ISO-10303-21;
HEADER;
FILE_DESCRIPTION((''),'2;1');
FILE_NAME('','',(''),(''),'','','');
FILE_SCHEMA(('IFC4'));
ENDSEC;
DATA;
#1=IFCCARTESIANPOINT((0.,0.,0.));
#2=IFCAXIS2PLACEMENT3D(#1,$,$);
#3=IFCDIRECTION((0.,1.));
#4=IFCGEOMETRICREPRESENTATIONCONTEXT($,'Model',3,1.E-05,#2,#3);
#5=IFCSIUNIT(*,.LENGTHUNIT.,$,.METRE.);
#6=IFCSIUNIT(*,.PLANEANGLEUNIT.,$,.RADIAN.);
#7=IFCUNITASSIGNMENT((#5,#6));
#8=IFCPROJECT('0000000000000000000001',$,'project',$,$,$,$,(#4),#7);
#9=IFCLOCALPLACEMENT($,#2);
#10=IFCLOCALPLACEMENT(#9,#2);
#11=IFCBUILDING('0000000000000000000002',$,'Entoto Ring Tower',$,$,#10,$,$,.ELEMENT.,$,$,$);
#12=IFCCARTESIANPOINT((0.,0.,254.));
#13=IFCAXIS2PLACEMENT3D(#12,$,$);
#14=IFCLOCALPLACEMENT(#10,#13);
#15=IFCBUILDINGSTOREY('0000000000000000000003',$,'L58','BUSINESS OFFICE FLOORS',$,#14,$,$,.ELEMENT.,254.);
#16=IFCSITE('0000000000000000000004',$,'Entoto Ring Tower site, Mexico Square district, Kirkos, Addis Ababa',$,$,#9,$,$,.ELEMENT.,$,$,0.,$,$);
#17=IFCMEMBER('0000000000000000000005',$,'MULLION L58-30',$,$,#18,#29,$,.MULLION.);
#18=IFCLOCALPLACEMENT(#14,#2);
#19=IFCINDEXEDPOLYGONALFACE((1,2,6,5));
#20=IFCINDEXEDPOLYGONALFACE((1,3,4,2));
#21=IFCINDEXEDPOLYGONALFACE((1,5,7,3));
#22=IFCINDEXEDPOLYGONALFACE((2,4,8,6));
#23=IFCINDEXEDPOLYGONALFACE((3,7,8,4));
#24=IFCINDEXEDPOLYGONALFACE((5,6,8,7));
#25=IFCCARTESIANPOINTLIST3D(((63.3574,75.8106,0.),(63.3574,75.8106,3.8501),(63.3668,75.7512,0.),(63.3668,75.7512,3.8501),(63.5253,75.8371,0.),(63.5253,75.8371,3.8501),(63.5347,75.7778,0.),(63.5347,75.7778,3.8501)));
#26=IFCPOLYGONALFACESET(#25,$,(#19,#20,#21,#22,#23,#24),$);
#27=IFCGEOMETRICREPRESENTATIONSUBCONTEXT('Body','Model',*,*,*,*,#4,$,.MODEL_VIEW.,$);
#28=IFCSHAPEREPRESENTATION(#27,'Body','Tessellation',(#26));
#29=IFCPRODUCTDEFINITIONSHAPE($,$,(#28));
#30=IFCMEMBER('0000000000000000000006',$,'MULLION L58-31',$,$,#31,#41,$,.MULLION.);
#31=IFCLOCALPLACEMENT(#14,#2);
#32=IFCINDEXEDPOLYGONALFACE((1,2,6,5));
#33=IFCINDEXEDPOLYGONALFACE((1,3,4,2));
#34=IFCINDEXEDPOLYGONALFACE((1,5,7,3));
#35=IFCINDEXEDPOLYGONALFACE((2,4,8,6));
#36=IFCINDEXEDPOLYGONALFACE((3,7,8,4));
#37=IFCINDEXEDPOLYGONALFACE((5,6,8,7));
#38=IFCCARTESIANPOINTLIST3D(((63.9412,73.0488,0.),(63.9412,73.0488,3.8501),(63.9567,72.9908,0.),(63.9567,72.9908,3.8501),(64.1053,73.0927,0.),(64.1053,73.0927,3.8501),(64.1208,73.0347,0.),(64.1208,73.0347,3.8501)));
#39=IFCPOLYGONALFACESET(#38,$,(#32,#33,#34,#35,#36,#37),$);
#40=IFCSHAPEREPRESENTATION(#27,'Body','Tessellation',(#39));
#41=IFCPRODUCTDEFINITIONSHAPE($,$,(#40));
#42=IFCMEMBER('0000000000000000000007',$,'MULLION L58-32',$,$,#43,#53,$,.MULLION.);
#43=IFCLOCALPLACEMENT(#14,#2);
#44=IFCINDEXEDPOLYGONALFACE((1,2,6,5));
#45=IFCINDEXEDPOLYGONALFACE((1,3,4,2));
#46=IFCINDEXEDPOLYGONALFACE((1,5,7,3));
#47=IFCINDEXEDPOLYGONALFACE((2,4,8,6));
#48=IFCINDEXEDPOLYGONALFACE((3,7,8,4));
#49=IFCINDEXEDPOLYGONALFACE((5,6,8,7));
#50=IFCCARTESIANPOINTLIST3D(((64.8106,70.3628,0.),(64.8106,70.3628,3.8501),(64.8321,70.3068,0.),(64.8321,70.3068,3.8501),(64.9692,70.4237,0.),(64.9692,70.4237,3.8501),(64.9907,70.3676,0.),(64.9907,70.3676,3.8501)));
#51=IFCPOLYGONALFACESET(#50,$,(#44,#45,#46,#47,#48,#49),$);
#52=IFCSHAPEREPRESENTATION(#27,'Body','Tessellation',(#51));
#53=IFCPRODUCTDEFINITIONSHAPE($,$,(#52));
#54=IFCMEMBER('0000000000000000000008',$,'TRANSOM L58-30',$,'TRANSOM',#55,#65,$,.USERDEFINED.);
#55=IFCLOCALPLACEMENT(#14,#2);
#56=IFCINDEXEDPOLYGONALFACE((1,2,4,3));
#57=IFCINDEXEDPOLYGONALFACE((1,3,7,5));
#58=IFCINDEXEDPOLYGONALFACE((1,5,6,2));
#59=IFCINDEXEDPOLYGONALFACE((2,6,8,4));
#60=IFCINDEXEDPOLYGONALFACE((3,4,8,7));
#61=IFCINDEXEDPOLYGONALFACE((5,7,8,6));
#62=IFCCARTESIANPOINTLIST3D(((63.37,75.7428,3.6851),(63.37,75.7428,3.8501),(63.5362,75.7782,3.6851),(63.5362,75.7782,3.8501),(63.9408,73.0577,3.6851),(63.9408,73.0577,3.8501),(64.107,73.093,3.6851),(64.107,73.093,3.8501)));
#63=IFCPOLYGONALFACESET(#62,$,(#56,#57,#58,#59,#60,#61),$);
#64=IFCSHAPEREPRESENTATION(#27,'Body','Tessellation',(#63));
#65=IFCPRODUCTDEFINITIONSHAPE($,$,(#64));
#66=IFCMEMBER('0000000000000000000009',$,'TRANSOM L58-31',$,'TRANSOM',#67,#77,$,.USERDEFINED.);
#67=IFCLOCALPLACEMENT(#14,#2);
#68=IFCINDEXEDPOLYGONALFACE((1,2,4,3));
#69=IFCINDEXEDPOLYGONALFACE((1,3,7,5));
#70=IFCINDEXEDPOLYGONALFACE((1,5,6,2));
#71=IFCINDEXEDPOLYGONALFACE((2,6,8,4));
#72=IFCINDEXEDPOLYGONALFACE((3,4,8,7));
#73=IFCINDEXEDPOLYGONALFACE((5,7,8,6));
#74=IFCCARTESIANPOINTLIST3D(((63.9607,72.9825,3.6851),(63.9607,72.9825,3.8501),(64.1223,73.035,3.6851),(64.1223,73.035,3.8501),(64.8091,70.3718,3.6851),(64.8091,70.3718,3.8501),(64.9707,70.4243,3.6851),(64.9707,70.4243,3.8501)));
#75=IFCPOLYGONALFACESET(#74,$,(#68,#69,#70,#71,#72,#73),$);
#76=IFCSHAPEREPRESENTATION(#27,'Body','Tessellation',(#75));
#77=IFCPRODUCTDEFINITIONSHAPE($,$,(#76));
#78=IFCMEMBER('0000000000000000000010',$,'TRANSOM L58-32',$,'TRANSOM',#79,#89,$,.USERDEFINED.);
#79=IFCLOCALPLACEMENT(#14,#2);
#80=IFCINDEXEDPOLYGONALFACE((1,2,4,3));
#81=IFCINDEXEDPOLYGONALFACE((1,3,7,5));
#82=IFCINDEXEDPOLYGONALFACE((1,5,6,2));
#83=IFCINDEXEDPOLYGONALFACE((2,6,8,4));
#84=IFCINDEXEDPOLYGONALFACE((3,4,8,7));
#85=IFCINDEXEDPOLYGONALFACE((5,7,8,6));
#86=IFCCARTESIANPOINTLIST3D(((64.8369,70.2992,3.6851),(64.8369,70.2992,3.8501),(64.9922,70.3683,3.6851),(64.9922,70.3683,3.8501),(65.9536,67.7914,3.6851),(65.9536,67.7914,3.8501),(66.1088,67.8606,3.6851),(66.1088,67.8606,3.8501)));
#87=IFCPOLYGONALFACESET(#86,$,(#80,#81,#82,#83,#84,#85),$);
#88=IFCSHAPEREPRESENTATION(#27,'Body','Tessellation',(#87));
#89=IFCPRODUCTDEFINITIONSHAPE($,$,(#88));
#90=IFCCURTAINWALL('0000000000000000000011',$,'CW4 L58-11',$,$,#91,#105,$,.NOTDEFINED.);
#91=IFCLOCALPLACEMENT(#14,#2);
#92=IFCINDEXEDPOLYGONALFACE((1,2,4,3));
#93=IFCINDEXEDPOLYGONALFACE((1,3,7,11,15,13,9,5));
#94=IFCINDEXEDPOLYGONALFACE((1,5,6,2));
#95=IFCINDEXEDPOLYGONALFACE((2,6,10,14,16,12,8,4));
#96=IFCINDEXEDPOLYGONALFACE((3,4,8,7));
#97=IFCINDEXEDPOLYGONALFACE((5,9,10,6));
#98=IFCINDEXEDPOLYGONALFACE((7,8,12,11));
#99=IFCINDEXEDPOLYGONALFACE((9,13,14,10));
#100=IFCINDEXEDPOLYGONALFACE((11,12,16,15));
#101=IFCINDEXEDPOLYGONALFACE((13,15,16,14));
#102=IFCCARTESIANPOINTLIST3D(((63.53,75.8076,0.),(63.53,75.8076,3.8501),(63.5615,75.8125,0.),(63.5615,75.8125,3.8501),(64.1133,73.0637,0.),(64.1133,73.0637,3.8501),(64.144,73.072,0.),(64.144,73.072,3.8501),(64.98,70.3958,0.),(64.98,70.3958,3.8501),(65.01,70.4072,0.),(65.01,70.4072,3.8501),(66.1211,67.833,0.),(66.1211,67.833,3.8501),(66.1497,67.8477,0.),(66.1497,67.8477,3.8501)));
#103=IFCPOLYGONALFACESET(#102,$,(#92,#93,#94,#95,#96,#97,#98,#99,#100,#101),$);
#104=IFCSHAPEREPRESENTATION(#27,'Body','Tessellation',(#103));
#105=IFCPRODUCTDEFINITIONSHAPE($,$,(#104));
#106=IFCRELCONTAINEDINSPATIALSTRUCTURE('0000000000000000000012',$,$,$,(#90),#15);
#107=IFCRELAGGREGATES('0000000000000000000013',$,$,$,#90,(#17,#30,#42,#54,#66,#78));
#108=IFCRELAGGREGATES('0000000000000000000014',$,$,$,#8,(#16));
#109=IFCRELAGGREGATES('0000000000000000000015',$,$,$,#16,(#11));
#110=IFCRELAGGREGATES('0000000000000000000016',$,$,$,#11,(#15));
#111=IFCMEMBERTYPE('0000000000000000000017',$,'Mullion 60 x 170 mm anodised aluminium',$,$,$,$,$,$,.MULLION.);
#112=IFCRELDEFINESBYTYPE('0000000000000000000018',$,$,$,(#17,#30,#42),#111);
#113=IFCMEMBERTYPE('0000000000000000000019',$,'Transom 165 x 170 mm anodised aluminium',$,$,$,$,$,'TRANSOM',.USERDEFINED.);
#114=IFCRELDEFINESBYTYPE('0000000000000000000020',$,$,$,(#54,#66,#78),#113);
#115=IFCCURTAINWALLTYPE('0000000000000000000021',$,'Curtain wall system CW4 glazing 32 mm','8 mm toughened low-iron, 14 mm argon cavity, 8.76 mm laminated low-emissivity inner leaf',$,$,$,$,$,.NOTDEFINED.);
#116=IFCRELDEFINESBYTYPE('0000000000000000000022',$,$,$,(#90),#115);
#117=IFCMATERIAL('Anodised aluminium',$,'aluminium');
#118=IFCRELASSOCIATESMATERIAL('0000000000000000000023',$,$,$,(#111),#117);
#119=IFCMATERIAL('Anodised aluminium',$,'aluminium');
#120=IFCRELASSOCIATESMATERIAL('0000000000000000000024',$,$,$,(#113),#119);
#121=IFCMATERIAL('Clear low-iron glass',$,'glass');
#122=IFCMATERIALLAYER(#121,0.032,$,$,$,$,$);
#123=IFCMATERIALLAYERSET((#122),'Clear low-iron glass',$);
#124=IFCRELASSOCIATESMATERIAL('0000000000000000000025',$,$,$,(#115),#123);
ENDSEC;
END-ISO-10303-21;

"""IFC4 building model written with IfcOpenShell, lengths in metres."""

from ifc_helpers import new_model, si_unit, direction, frame, origin, origin_2d, place, context, subcontext, project, spatial, polyline, rectangle, outline, extrude, material, layer, layer_set, material_profile, profile_set, type_object, element, aggregate, save


model = new_model("IFC4")

# Units and contexts
model_context = context("Model", 3, precision=1e-05, world=origin(), true_north=direction((0.0, 1.0)))
body_context = subcontext(model_context, "Body", "Model", "MODEL_VIEW")
ifc_project = project(units=[si_unit("LENGTHUNIT", "METRE"), si_unit("PLANEANGLEUNIT", "RADIAN")], contexts=[model_context])

# Members
ifc_material_1 = material(Name="Anodised aluminium", Category="aluminium")
ifc_material_profile_1 = material_profile(ifc_material_1, rectangle(XDim=0.0601, YDim=0.1699, at=origin_2d()), Name="Mullion 60 x 170 mm anodised aluminium")
ifc_profile_set_1 = profile_set([ifc_material_profile_1], Name="Anodised aluminium")
member_type_1 = type_object("IfcMemberType", Name="Mullion 60 x 170 mm anodised aluminium", PredefinedType="MULLION", material=ifc_profile_set_1)
site_placement = place(None, origin())
building_placement = place(site_placement, origin())
storey_placement = place(building_placement, frame((0.0, 0.0, 254.0)))
member_1_placement = place(storey_placement, frame((63.446, 75.7942, 0.0), z_axis=(0.0, 0.0, 1.0), x_axis=(0.156434, -0.987688, 0.0)))
member_1 = element("IfcMember", 1, at=member_1_placement, type_object=member_type_1, Name="MULLION L58-30", PredefinedType="MULLION", context=body_context, shape_type="SweptSolid", body=[
    extrude(rectangle(XDim=0.0601, YDim=0.1699, at=origin_2d()), origin(), (0.0, 0.0, 1.0), 3.8501),
])
member_2_placement = place(storey_placement, frame((64.031, 73.0417, 0.0), z_axis=(0.0, 0.0, 1.0), x_axis=(0.258819, -0.965926, 0.0)))
member_2 = element("IfcMember", 2, at=member_2_placement, type_object=member_type_1, Name="MULLION L58-31", PredefinedType="MULLION", context=body_context, shape_type="SweptSolid", body=[
    extrude(rectangle(XDim=0.0601, YDim=0.1699, at=origin_2d()), origin(), (0.0, 0.0, 1.0), 3.8501),
])
member_3_placement = place(storey_placement, frame((64.9006, 70.3652, 0.0), z_axis=(0.0, 0.0, 1.0), x_axis=(0.358368, -0.93358, 0.0)))
member_3 = element("IfcMember", 3, at=member_3_placement, type_object=member_type_1, Name="MULLION L58-32", PredefinedType="MULLION", context=body_context, shape_type="SweptSolid", body=[
    extrude(rectangle(XDim=0.0601, YDim=0.1699, at=origin_2d()), origin(), (0.0, 0.0, 1.0), 3.8501),
])
ifc_material_2 = material(Name="Anodised aluminium", Category="aluminium")
ifc_material_profile_2 = material_profile(ifc_material_2, rectangle(XDim=0.1699, YDim=0.165, at=origin_2d()), Name="Transom 165 x 170 mm anodised aluminium")
ifc_profile_set_2 = profile_set([ifc_material_profile_2], Name="Anodised aluminium")
member_type_2 = type_object("IfcMemberType", Name="Transom 165 x 170 mm anodised aluminium", ElementType="TRANSOM", PredefinedType="USERDEFINED", material=ifc_profile_set_2)
member_4_placement = place(storey_placement, frame((63.4531, 75.7605, 3.7676), z_axis=(0.207937, -0.978142, 0.0), x_axis=(0.978142, 0.207937, 0.0)))
member_4 = element("IfcMember", 4, at=member_4_placement, type_object=member_type_2, Name="TRANSOM L58-30", ObjectType="TRANSOM", PredefinedType="USERDEFINED", context=body_context, shape_type="SweptSolid", body=[
    extrude(rectangle(XDim=0.1699, YDim=0.165, at=origin_2d()), origin(), (0.0, 0.0, 1.0), 2.7451),
])
member_5_placement = place(storey_placement, frame((64.0415, 73.0088, 3.7676), z_axis=(0.309042, -0.951048, 0.0), x_axis=(0.951048, 0.309042, 0.0)))
member_5 = element("IfcMember", 5, at=member_5_placement, type_object=member_type_2, Name="TRANSOM L58-31", ObjectType="TRANSOM", PredefinedType="USERDEFINED", context=body_context, shape_type="SweptSolid", body=[
    extrude(rectangle(XDim=0.1699, YDim=0.165, at=origin_2d()), origin(), (0.0, 0.0, 1.0), 2.7451),
])
member_6_placement = place(storey_placement, frame((64.9146, 70.3337, 3.7676), z_axis=(0.406782, -0.913525, 0.0), x_axis=(0.913525, 0.406782, 0.0)))
member_6 = element("IfcMember", 6, at=member_6_placement, type_object=member_type_2, Name="TRANSOM L58-32", ObjectType="TRANSOM", PredefinedType="USERDEFINED", context=body_context, shape_type="SweptSolid", body=[
    extrude(rectangle(XDim=0.1699, YDim=0.165, at=origin_2d()), origin(), (0.0, 0.0, 1.0), 2.7451),
])

# Site, building, storey
site = spatial("IfcSite", under=ifc_project, at=site_placement, Name="Entoto Ring Tower site, Mexico Square district, Kirkos, Addis Ababa", CompositionType="ELEMENT", RefElevation=0.0)
building = spatial("IfcBuilding", under=site, at=building_placement, Name="Entoto Ring Tower", CompositionType="ELEMENT")
storey = spatial("IfcBuildingStorey", under=building, at=storey_placement, Name="L58", Description="BUSINESS OFFICE FLOORS", CompositionType="ELEMENT", Elevation=254.0)

# Curtain wall
ifc_material_3 = material(Name="Clear low-iron glass", Category="glass")
ifc_layer = layer(ifc_material_3, 0.032)
ifc_layer_set = layer_set([ifc_layer], Name="Clear low-iron glass")
curtain_wall_type = type_object("IfcCurtainWallType", Name="Curtain wall system CW4 glazing 32 mm", Description="8 mm toughened low-iron, 14 mm argon cavity, 8.76 mm laminated low-emissivity inner leaf", PredefinedType="NOTDEFINED", material=ifc_layer_set)
curtain_wall_1_placement = place(storey_placement, origin())
curtain_wall_1 = element("IfcCurtainWall", 7, at=curtain_wall_1_placement, inside=storey, type_object=curtain_wall_type, Name="CW4 L58-11", PredefinedType="NOTDEFINED", context=body_context, shape_type="SweptSolid", body=[
    extrude(outline(polyline([(63.53, 75.8076), (64.1133, 73.0637), (64.98, 70.3958), (66.1211, 67.833), (66.1497, 67.8477), (65.01, 70.4072), (64.144, 73.072), (63.5615, 75.8125), (63.53, 75.8076)])), origin(), (0.0, 0.0, 1.0), 3.8501),
])
aggregate(curtain_wall_1, [member_1, member_2, member_3, member_4, member_5, member_6])

save(model, "model.ifc")
